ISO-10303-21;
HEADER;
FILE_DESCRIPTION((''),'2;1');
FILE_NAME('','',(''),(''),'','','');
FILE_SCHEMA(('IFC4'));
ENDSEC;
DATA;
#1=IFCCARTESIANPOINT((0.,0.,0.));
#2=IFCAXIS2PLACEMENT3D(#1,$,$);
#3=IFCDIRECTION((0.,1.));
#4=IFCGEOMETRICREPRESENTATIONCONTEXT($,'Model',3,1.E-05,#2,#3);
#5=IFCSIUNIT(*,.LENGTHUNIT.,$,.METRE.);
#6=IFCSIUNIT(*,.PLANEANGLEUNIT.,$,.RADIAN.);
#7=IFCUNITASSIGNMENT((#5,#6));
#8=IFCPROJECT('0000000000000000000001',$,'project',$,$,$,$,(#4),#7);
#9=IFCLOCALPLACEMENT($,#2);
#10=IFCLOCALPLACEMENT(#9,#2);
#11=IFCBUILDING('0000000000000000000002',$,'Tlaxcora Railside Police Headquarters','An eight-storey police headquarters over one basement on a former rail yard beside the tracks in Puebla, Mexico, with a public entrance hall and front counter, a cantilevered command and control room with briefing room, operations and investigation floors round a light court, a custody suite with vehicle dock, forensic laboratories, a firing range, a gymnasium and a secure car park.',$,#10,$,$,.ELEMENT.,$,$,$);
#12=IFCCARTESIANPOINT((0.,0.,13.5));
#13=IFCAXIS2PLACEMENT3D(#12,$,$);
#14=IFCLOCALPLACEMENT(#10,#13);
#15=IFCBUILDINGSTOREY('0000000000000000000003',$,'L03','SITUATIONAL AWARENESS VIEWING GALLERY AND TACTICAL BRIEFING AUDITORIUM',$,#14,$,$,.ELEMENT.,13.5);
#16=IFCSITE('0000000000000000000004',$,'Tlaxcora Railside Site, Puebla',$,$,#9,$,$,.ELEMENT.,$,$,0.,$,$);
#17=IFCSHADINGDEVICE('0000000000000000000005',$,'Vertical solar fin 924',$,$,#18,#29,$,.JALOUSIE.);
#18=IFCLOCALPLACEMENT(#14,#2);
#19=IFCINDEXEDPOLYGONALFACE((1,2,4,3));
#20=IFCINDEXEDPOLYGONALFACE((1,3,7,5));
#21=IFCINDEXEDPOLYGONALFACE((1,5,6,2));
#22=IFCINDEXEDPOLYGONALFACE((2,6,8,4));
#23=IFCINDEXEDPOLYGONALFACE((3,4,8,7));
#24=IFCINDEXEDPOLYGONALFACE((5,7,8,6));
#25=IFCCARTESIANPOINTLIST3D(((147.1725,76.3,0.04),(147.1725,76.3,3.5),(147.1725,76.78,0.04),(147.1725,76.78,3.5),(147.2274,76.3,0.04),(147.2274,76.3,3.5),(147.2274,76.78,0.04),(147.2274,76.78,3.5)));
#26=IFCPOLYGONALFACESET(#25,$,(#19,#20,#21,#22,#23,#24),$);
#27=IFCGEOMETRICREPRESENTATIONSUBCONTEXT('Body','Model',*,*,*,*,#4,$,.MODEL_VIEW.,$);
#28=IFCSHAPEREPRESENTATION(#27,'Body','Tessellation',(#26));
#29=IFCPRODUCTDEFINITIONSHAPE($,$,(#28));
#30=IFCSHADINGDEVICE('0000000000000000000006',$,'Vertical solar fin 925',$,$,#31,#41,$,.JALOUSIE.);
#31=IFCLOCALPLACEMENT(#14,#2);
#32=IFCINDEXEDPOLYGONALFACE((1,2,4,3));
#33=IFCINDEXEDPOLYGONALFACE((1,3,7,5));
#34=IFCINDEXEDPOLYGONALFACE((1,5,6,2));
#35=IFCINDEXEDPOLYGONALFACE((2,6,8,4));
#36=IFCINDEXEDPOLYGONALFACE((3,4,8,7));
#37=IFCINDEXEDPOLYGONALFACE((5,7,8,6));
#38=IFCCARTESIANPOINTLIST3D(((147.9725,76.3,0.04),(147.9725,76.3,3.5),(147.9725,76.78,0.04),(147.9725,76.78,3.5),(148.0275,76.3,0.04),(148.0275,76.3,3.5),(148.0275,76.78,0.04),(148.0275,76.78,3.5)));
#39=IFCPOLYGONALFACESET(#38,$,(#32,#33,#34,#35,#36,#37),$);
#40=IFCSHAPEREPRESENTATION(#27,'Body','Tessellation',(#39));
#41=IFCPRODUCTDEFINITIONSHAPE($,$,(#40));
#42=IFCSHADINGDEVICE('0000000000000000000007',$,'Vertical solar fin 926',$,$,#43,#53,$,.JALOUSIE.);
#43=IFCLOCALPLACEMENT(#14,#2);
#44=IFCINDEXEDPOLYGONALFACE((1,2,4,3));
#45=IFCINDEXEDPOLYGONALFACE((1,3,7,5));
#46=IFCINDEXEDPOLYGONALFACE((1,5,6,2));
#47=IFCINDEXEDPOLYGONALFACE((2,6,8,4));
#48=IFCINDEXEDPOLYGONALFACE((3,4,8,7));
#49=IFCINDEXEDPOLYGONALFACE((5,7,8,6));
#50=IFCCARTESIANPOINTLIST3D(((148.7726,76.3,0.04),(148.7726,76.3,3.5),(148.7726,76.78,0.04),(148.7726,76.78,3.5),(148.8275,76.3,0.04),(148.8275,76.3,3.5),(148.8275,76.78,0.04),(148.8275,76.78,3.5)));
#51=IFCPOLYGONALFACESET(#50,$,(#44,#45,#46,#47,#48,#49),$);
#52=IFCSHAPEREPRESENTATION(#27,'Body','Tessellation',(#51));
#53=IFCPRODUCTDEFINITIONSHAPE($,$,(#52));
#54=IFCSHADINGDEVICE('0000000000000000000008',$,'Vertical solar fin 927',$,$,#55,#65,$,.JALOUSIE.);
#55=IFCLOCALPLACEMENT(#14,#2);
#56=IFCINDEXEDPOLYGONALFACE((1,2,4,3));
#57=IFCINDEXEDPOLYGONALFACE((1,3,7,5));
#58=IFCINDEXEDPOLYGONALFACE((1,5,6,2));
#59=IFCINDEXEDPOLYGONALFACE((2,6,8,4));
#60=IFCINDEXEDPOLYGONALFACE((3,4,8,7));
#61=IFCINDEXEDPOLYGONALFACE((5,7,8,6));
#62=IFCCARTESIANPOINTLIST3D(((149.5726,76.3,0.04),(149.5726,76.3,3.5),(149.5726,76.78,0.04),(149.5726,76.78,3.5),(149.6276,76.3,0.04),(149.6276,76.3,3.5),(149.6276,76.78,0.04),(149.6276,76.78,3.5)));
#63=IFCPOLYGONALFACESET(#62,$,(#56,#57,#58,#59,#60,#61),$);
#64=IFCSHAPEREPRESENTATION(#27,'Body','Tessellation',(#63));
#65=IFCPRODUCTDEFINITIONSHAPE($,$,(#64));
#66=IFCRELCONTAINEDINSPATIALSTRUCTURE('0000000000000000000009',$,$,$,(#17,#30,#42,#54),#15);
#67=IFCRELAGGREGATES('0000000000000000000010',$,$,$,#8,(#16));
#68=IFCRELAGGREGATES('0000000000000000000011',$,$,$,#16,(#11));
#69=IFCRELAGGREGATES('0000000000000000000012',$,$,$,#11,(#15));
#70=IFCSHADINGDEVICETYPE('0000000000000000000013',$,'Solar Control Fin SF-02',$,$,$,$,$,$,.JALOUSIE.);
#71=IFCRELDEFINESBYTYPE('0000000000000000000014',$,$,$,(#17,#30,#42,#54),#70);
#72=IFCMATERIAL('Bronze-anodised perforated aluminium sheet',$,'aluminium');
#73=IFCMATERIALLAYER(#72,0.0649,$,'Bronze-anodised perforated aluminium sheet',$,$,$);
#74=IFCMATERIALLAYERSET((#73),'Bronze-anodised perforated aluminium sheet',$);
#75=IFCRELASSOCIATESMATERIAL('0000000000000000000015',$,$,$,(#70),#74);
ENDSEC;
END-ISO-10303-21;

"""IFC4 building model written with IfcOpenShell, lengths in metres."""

from ifc_helpers import new_model, si_unit, direction, frame, origin, origin_2d, place, context, subcontext, project, spatial, rectangle, extrude, material, layer, layer_set, type_object, element, save


model = new_model("IFC4")

# Units and contexts
model_context = context("Model", 3, precision=1e-05, world=origin(), true_north=direction((0.0, 1.0)))
body_context = subcontext(model_context, "Body", "Model", "MODEL_VIEW")
ifc_project = project(units=[si_unit("LENGTHUNIT", "METRE"), si_unit("PLANEANGLEUNIT", "RADIAN")], contexts=[model_context])

# Site, building, storey
site_placement = place(None, origin())
site = spatial("IfcSite", under=ifc_project, at=site_placement, Name="Tlaxcora Railside Site, Puebla", CompositionType="ELEMENT", RefElevation=0.0)
building_placement = place(site_placement, origin())
building = spatial("IfcBuilding", under=site, at=building_placement, Name="Tlaxcora Railside Police Headquarters", Description="An eight-storey police headquarters over one basement on a former rail yard beside the tracks in Puebla, Mexico, with a public entrance hall and front counter, a cantilevered command and control room with briefing room, operations and investigation floors round a light court, a custody suite with vehicle dock, forensic laboratories, a firing range, a gymnasium and a secure car park.", CompositionType="ELEMENT")
storey_placement = place(building_placement, frame((0.0, 0.0, 13.5)))
storey = spatial("IfcBuildingStorey", under=building, at=storey_placement, Name="L03", Description="SITUATIONAL AWARENESS VIEWING GALLERY AND TACTICAL BRIEFING AUDITORIUM", CompositionType="ELEMENT", Elevation=13.5)

# Shading devices
ifc_material_1 = material(Name="Bronze-anodised perforated aluminium sheet", Category="aluminium")
ifc_layer_1 = layer(ifc_material_1, 0.0649, Name="Bronze-anodised perforated aluminium sheet")
ifc_layer_set_1 = layer_set([ifc_layer_1], Name="Bronze-anodised perforated aluminium sheet")
shading_device_type = type_object("IfcShadingDeviceType", Name="Solar Control Fin SF-02", PredefinedType="JALOUSIE", material=ifc_layer_set_1)
for number, where, z_axis, x_axis, name in (
    (1, (147.2, 76.54, 0.04), (0.0, 0.0, 1.0), (0.0, -1.0, 0.0), "Vertical solar fin 924"),
    (2, (148.0, 76.54, 0.04), (0.0, 0.0, 1.0), (0.0, -1.0, 0.0), "Vertical solar fin 925"),
    (3, (148.8, 76.54, 0.04), (0.0, 0.0, 1.0), (0.0, -1.0, 0.0), "Vertical solar fin 926"),
    (4, (149.6001, 76.54, 0.04), (0.0, 0.0, 1.0), (0.0, -1.0, 0.0), "Vertical solar fin 927"),
):
    element("IfcShadingDevice", number, at=place(storey_placement, frame(where, z_axis=z_axis, x_axis=x_axis)), inside=storey, type_object=shading_device_type, Name=name, PredefinedType="JALOUSIE", context=body_context, shape_type="SweptSolid", body=[
        extrude(rectangle(XDim=0.48, YDim=0.0549, at=origin_2d()), origin(), (0.0, 0.0, 1.0), 3.46),
    ])

save(model, "model.ifc")
